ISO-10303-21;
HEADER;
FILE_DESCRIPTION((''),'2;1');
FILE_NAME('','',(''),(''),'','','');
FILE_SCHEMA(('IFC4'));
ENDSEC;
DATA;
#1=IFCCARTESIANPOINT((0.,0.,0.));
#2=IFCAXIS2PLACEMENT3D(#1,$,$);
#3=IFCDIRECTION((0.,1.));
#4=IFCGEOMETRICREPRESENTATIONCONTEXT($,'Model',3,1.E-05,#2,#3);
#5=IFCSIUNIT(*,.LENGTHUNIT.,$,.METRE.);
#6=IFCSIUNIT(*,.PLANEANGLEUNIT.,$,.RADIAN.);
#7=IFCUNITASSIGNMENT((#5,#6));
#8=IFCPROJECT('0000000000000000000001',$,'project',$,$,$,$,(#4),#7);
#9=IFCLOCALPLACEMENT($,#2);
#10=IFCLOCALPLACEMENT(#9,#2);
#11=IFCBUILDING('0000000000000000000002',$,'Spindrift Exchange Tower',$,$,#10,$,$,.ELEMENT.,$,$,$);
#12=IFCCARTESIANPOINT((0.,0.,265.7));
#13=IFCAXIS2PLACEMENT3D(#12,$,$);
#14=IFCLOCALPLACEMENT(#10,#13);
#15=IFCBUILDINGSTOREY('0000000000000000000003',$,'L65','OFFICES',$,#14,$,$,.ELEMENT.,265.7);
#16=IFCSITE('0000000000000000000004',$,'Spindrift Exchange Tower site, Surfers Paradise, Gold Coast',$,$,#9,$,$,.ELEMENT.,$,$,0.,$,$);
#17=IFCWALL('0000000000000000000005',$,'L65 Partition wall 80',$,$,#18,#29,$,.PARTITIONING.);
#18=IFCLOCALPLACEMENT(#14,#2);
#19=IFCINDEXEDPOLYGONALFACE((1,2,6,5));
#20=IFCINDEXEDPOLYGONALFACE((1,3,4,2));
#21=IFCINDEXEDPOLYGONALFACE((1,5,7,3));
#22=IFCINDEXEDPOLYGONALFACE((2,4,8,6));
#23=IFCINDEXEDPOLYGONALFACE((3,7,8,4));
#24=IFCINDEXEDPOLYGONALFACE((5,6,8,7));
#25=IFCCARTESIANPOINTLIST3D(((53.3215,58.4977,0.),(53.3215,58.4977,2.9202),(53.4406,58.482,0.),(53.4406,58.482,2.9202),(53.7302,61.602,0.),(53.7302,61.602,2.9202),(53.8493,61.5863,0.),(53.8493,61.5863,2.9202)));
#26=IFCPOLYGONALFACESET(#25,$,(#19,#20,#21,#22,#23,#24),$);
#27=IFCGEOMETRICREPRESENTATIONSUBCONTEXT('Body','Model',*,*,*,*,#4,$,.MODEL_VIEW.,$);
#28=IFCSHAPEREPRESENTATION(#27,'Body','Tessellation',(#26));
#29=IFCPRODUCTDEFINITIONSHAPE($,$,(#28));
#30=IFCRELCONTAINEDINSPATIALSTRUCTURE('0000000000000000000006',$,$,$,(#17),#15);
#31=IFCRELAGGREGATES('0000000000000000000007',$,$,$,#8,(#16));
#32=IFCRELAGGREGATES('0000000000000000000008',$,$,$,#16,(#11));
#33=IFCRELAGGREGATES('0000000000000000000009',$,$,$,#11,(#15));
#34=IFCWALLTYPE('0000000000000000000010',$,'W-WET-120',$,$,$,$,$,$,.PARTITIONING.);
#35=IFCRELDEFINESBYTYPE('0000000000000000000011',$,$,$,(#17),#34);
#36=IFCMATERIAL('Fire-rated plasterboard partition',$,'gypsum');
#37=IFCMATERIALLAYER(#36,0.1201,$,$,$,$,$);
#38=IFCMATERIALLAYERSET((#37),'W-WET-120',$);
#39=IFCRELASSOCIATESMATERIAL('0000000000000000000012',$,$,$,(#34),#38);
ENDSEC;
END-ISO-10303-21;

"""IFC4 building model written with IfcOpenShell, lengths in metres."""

from ifc_helpers import new_model, si_unit, direction, frame, frame_2d, origin, place, context, subcontext, project, spatial, rectangle, extrude, material, layer, layer_set, type_object, element, save


model = new_model("IFC4")

# Units and contexts
model_context = context("Model", 3, precision=1e-05, world=origin(), true_north=direction((0.0, 1.0)))
body_context = subcontext(model_context, "Body", "Model", "MODEL_VIEW")
ifc_project = project(units=[si_unit("LENGTHUNIT", "METRE"), si_unit("PLANEANGLEUNIT", "RADIAN")], contexts=[model_context])

# Site, building, storey
site_placement = place(None, origin())
site = spatial("IfcSite", under=ifc_project, at=site_placement, Name="Spindrift Exchange Tower site, Surfers Paradise, Gold Coast", CompositionType="ELEMENT", RefElevation=0.0)
building_placement = place(site_placement, origin())
building = spatial("IfcBuilding", under=site, at=building_placement, Name="Spindrift Exchange Tower", CompositionType="ELEMENT")
storey_placement = place(building_placement, frame((0.0, 0.0, 265.7)))
storey = spatial("IfcBuildingStorey", under=building, at=storey_placement, Name="L65", Description="OFFICES", CompositionType="ELEMENT", Elevation=265.7)

# Shared definitions
ifc_material_1 = material(Name="Fire-rated plasterboard partition", Category="gypsum")

# Wall
ifc_layer_1 = layer(ifc_material_1, 0.1201)
ifc_layer_set_1 = layer_set([ifc_layer_1], Name="W-WET-120")
wall_type_1 = type_object("IfcWallType", Name="W-WET-120", PredefinedType="PARTITIONING", material=ifc_layer_set_1)
wall_1_placement = place(storey_placement, frame((53.3811, 58.49, 0.0), z_axis=(0.0, 0.0, 1.0), x_axis=(0.130529, 0.991444, 0.0)))
element("IfcWall", 1, at=wall_1_placement, inside=storey, type_object=wall_type_1, Name="L65 Partition wall 80", PredefinedType="PARTITIONING", context=body_context, shape_type="SweptSolid", body=[
    extrude(rectangle(XDim=3.1311, YDim=0.1201, at=frame_2d((1.5654, 0.0))), origin(), (0.0, 0.0, 1.0), 2.9202),
])

save(model, "model.ifc")
